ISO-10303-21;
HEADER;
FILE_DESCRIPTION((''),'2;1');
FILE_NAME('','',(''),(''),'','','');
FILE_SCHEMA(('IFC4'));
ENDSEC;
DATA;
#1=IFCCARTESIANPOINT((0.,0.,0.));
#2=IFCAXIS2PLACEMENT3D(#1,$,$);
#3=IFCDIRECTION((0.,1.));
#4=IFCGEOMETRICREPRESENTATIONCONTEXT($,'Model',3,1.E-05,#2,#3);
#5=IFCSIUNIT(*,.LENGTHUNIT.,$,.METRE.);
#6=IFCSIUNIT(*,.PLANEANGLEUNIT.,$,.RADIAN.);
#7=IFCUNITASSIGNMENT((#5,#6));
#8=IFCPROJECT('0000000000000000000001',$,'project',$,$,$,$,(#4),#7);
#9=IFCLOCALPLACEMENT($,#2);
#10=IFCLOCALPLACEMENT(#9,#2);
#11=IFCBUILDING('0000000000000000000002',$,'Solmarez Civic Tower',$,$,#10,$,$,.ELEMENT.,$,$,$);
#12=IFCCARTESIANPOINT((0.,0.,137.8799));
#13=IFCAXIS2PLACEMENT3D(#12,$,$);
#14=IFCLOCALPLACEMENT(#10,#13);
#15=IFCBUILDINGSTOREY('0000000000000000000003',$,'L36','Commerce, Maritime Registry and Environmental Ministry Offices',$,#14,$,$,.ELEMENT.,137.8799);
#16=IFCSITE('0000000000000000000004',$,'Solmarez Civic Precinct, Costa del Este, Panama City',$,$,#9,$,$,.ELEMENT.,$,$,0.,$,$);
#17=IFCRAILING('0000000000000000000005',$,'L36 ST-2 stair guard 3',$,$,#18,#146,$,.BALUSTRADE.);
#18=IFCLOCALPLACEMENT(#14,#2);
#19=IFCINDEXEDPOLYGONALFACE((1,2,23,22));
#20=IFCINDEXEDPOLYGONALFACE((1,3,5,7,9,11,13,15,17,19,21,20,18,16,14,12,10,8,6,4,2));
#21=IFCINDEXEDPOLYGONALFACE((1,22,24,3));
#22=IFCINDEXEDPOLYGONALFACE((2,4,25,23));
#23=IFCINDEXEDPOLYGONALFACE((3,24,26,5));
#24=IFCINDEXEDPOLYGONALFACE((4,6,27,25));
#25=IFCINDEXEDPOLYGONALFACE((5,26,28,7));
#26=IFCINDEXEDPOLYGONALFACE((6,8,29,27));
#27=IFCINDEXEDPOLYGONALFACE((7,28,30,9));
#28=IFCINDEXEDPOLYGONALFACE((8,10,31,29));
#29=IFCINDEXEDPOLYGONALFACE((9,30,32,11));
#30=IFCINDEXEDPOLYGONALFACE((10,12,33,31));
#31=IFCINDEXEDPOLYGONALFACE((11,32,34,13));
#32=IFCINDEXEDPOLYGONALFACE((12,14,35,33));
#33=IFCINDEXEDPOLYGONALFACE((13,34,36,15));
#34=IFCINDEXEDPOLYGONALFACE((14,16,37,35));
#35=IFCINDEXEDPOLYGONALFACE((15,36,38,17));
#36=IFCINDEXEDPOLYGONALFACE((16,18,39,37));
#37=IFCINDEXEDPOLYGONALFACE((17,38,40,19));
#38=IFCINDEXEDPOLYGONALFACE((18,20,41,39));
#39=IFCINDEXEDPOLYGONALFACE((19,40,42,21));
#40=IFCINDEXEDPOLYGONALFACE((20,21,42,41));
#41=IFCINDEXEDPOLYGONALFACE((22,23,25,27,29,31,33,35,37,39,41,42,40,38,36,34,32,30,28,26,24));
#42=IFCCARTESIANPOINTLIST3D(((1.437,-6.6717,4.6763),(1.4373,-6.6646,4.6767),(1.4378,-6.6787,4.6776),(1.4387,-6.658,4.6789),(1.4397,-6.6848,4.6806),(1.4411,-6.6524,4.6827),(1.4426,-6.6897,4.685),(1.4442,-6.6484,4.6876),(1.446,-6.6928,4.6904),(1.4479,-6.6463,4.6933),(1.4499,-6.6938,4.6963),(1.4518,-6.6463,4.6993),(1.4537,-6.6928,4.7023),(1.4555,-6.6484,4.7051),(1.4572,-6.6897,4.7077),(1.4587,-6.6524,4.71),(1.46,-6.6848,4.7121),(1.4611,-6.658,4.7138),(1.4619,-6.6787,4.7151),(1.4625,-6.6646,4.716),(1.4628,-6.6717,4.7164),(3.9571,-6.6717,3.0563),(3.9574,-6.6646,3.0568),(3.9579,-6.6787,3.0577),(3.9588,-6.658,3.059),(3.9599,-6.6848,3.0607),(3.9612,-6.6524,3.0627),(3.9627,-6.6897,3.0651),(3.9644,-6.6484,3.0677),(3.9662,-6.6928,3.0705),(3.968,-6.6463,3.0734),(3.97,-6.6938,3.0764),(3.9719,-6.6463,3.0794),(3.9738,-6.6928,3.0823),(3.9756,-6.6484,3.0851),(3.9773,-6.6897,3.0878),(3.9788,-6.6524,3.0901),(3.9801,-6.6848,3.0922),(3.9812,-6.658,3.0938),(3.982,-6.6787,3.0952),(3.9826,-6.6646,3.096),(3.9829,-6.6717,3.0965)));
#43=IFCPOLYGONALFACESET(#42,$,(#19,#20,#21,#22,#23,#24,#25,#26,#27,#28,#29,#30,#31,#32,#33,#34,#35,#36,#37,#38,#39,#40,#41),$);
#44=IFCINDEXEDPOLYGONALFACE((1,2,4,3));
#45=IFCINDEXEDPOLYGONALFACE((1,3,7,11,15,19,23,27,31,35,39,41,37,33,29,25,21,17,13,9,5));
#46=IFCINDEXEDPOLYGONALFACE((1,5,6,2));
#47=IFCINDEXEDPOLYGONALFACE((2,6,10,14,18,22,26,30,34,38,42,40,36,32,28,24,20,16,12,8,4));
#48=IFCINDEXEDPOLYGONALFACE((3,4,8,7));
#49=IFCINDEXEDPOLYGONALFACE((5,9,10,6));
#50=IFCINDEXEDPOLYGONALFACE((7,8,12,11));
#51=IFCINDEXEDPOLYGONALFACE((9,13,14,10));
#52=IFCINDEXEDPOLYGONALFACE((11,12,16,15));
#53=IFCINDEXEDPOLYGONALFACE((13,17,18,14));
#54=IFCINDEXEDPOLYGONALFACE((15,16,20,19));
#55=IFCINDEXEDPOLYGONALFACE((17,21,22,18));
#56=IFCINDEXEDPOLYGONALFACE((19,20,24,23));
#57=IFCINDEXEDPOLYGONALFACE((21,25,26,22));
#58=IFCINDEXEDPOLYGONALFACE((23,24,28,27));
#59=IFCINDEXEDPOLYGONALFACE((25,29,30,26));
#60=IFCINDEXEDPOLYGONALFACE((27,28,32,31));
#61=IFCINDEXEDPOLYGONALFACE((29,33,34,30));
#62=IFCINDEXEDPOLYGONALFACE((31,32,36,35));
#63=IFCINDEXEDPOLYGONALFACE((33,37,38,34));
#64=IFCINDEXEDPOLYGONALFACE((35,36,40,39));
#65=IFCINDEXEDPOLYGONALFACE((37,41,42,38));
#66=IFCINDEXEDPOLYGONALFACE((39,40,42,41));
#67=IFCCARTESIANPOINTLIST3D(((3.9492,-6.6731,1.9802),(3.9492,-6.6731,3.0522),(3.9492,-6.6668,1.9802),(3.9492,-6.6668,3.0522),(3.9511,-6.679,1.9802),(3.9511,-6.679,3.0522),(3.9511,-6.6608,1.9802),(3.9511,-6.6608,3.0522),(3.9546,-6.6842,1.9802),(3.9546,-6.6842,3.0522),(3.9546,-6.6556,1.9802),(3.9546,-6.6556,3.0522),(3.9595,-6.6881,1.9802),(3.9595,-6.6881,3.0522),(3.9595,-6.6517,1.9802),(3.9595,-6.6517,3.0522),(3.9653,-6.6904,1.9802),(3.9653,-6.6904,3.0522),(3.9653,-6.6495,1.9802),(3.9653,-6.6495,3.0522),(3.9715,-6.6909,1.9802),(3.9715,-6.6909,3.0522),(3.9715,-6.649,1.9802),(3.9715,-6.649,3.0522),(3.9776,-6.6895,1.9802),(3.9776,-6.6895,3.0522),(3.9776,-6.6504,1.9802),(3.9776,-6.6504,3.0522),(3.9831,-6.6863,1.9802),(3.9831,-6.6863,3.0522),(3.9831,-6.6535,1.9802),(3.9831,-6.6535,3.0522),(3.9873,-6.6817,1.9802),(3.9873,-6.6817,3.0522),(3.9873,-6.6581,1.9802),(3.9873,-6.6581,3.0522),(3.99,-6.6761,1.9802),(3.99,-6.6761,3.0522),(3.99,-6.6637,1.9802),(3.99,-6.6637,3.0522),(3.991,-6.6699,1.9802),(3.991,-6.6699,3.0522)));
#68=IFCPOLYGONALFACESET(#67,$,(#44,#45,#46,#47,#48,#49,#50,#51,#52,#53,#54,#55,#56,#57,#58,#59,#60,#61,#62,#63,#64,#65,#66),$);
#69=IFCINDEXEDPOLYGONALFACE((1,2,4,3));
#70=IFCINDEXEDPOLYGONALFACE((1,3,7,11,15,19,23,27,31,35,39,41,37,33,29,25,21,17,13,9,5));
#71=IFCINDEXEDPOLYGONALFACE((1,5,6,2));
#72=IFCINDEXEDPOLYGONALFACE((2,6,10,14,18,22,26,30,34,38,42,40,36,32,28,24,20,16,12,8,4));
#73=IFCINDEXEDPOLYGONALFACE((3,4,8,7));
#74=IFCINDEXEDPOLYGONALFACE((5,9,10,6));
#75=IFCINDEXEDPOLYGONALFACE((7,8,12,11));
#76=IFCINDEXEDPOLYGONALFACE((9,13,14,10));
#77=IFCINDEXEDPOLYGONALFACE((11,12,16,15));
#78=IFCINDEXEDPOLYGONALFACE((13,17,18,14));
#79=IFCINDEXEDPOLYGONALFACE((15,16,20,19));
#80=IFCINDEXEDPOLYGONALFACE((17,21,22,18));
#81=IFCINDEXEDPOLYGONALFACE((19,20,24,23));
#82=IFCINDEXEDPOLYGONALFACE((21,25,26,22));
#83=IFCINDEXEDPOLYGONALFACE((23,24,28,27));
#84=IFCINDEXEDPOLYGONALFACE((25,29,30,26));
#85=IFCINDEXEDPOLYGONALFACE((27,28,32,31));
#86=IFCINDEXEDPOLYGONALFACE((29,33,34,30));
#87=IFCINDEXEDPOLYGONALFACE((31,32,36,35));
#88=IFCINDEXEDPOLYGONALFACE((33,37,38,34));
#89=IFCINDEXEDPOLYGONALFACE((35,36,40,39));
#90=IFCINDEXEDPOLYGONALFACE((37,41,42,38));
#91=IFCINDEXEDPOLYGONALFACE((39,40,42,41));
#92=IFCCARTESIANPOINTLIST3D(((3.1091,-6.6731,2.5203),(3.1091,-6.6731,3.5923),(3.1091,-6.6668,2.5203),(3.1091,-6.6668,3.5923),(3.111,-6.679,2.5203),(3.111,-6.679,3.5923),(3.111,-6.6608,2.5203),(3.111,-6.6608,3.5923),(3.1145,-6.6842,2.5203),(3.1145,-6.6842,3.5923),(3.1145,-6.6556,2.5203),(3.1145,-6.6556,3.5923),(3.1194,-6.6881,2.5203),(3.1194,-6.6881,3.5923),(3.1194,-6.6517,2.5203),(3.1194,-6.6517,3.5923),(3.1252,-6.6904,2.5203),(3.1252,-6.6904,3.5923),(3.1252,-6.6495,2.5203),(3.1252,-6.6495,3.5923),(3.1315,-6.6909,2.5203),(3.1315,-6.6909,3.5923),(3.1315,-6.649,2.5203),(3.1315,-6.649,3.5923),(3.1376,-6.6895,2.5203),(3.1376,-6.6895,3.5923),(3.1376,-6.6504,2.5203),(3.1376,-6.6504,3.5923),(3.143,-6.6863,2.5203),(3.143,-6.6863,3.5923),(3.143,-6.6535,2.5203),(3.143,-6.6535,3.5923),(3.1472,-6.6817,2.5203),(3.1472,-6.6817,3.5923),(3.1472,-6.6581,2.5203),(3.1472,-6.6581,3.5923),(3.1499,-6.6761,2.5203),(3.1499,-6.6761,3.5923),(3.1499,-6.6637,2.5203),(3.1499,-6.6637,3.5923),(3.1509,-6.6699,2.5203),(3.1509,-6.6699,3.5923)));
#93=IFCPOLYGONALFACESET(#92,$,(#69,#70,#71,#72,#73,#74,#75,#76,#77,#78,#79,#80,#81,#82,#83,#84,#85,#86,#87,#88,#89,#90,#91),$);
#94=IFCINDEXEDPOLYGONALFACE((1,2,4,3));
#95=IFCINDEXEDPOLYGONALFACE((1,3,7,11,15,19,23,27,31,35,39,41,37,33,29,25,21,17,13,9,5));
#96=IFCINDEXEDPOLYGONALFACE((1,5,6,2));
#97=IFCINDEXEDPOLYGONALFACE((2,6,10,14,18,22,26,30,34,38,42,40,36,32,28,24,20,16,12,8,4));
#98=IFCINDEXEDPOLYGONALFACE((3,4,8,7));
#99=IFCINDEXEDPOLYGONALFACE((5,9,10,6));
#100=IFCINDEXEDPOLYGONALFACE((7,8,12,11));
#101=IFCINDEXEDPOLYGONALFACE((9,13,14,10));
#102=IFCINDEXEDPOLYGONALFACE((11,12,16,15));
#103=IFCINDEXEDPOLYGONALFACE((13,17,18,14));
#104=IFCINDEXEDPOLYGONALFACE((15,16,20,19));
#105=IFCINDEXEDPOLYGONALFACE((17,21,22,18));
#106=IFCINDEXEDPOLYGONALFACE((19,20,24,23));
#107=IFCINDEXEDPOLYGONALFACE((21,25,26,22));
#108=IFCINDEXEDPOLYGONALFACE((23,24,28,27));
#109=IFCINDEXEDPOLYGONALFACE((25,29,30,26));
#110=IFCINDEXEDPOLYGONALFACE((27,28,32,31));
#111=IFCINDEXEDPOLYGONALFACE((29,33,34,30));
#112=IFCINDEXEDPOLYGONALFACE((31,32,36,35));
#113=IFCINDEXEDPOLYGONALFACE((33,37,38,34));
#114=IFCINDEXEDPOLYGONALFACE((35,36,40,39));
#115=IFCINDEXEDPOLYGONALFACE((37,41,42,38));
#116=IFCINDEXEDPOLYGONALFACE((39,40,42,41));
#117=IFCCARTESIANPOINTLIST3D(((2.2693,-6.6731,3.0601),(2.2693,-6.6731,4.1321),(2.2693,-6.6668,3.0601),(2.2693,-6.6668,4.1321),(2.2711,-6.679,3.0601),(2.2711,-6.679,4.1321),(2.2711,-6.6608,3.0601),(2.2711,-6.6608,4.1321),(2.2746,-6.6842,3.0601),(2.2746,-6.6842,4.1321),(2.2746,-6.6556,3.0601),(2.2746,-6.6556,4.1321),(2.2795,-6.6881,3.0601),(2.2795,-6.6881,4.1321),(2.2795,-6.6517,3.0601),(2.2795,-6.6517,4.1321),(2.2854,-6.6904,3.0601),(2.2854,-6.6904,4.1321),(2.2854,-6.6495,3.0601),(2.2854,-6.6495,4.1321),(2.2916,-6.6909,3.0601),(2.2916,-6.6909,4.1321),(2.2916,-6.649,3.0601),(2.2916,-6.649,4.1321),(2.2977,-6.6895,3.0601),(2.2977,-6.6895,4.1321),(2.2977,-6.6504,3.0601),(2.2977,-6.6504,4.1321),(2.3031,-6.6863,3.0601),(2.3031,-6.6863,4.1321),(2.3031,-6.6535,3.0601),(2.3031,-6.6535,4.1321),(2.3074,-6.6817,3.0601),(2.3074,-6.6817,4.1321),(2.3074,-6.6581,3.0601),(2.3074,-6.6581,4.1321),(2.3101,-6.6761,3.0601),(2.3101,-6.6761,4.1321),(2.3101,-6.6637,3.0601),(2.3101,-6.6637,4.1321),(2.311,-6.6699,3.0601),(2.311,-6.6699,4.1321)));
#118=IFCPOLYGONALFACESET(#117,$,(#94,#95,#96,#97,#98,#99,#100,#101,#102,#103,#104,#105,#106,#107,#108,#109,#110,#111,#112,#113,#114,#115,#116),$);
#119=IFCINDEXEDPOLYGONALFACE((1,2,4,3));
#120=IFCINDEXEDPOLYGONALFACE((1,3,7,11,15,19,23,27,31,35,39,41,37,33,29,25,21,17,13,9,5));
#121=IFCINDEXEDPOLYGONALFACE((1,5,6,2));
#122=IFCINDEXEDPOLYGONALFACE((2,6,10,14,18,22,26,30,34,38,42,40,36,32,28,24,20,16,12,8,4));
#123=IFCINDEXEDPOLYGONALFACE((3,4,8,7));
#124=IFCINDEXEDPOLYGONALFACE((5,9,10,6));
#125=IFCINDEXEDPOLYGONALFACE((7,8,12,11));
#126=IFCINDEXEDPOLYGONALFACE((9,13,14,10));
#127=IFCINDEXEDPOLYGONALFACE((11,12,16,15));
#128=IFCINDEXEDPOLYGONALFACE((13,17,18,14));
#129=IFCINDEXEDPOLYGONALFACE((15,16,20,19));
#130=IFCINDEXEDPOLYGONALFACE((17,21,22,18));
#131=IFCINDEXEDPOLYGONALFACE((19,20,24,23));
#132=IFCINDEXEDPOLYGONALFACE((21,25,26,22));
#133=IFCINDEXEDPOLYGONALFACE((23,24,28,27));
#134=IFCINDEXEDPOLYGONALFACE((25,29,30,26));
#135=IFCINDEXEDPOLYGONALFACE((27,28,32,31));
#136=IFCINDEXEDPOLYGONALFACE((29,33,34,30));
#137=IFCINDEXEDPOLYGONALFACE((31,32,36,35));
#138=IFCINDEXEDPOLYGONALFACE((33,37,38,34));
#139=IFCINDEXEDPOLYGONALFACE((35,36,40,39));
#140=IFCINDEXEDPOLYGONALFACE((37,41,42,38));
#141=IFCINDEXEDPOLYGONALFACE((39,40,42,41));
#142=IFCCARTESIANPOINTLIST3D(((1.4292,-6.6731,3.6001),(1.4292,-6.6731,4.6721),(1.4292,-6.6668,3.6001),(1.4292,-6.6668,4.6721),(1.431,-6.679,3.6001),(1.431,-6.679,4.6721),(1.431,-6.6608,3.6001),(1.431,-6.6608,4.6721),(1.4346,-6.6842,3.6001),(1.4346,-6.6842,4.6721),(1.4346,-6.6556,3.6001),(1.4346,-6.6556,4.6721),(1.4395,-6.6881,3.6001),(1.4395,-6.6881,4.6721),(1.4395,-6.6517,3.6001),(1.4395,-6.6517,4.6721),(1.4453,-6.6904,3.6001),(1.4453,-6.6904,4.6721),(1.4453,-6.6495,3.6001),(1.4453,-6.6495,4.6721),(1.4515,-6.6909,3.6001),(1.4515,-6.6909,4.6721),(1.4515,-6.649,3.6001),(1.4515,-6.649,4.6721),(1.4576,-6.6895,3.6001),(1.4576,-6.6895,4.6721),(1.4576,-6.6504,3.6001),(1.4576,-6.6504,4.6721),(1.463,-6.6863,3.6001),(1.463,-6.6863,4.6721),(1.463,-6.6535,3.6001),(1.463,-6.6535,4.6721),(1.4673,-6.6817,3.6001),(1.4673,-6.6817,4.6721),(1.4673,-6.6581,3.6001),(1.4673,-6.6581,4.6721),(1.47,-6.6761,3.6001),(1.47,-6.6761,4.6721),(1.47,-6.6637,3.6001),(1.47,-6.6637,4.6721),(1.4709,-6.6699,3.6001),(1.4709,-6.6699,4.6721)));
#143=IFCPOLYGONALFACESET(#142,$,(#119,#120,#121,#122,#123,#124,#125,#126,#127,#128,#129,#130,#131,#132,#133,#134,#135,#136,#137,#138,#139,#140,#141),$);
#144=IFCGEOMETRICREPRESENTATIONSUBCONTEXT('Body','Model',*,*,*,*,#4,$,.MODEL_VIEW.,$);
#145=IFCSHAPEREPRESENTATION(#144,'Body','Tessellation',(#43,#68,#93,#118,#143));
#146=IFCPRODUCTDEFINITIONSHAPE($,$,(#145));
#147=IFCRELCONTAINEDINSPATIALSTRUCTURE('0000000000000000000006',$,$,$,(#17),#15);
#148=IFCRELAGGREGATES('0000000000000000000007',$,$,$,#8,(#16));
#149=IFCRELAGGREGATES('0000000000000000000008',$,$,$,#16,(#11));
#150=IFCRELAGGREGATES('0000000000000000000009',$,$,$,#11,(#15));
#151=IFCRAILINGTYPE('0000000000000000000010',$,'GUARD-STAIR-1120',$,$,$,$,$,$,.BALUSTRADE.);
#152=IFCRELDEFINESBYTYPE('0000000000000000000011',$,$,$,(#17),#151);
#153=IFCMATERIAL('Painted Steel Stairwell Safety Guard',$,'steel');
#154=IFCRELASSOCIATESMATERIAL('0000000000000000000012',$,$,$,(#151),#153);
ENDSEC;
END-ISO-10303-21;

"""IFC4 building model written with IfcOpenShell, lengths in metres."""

from ifc_helpers import new_model, si_unit, direction, frame, origin, origin_2d, place, context, subcontext, project, spatial, circle, extrude, material, type_object, element, save


model = new_model("IFC4")

# Units and contexts
model_context = context("Model", 3, precision=1e-05, world=origin(), true_north=direction((0.0, 1.0)))
body_context = subcontext(model_context, "Body", "Model", "MODEL_VIEW")
ifc_project = project(units=[si_unit("LENGTHUNIT", "METRE"), si_unit("PLANEANGLEUNIT", "RADIAN")], contexts=[model_context])

# Site, building, storey
site_placement = place(None, origin())
site = spatial("IfcSite", under=ifc_project, at=site_placement, Name="Solmarez Civic Precinct, Costa del Este, Panama City", CompositionType="ELEMENT", RefElevation=0.0)
building_placement = place(site_placement, origin())
building = spatial("IfcBuilding", under=site, at=building_placement, Name="Solmarez Civic Tower", CompositionType="ELEMENT")
storey_placement = place(building_placement, frame((0.0, 0.0, 137.8799)))
storey = spatial("IfcBuildingStorey", under=building, at=storey_placement, Name="L36", Description="Commerce, Maritime Registry and Environmental Ministry Offices", CompositionType="ELEMENT", Elevation=137.8799)

# Railing
ifc_material_1 = material(Name="Painted Steel Stairwell Safety Guard", Category="steel")
railing_type_1 = type_object("IfcRailingType", Name="GUARD-STAIR-1120", PredefinedType="BALUSTRADE", material=ifc_material_1)
railing_1_placement = place(storey_placement, frame((3.97, -6.6699, 1.9802)))
element("IfcRailing", 1, at=railing_1_placement, inside=storey, type_object=railing_type_1, Name="L36 ST-2 stair guard 3", PredefinedType="BALUSTRADE", context=body_context, shape_type="SweptSolid", body=[
    extrude(circle(Radius=0.0239, at=origin_2d()), frame((0.0, 0.0, 1.0962), z_axis=(-0.8412, 0.0, 0.540725), x_axis=(0.0, -1.0, 0.0)), (0.0, 0.0, 1.0), 2.9958),
    extrude(circle(Radius=0.021, at=origin_2d()), origin(), (0.0, 0.0, 1.0), 1.072),
    extrude(circle(Radius=0.021, at=origin_2d()), frame((-0.8401, 0.0, 0.54)), (0.0, 0.0, 1.0), 1.072),
    extrude(circle(Radius=0.021, at=origin_2d()), frame((-1.6799, 0.0, 1.0798)), (0.0, 0.0, 1.0), 1.072),
    extrude(circle(Radius=0.021, at=origin_2d()), frame((-2.52, 0.0, 1.6199)), (0.0, 0.0, 1.0), 1.072),
])

save(model, "model.ifc")
